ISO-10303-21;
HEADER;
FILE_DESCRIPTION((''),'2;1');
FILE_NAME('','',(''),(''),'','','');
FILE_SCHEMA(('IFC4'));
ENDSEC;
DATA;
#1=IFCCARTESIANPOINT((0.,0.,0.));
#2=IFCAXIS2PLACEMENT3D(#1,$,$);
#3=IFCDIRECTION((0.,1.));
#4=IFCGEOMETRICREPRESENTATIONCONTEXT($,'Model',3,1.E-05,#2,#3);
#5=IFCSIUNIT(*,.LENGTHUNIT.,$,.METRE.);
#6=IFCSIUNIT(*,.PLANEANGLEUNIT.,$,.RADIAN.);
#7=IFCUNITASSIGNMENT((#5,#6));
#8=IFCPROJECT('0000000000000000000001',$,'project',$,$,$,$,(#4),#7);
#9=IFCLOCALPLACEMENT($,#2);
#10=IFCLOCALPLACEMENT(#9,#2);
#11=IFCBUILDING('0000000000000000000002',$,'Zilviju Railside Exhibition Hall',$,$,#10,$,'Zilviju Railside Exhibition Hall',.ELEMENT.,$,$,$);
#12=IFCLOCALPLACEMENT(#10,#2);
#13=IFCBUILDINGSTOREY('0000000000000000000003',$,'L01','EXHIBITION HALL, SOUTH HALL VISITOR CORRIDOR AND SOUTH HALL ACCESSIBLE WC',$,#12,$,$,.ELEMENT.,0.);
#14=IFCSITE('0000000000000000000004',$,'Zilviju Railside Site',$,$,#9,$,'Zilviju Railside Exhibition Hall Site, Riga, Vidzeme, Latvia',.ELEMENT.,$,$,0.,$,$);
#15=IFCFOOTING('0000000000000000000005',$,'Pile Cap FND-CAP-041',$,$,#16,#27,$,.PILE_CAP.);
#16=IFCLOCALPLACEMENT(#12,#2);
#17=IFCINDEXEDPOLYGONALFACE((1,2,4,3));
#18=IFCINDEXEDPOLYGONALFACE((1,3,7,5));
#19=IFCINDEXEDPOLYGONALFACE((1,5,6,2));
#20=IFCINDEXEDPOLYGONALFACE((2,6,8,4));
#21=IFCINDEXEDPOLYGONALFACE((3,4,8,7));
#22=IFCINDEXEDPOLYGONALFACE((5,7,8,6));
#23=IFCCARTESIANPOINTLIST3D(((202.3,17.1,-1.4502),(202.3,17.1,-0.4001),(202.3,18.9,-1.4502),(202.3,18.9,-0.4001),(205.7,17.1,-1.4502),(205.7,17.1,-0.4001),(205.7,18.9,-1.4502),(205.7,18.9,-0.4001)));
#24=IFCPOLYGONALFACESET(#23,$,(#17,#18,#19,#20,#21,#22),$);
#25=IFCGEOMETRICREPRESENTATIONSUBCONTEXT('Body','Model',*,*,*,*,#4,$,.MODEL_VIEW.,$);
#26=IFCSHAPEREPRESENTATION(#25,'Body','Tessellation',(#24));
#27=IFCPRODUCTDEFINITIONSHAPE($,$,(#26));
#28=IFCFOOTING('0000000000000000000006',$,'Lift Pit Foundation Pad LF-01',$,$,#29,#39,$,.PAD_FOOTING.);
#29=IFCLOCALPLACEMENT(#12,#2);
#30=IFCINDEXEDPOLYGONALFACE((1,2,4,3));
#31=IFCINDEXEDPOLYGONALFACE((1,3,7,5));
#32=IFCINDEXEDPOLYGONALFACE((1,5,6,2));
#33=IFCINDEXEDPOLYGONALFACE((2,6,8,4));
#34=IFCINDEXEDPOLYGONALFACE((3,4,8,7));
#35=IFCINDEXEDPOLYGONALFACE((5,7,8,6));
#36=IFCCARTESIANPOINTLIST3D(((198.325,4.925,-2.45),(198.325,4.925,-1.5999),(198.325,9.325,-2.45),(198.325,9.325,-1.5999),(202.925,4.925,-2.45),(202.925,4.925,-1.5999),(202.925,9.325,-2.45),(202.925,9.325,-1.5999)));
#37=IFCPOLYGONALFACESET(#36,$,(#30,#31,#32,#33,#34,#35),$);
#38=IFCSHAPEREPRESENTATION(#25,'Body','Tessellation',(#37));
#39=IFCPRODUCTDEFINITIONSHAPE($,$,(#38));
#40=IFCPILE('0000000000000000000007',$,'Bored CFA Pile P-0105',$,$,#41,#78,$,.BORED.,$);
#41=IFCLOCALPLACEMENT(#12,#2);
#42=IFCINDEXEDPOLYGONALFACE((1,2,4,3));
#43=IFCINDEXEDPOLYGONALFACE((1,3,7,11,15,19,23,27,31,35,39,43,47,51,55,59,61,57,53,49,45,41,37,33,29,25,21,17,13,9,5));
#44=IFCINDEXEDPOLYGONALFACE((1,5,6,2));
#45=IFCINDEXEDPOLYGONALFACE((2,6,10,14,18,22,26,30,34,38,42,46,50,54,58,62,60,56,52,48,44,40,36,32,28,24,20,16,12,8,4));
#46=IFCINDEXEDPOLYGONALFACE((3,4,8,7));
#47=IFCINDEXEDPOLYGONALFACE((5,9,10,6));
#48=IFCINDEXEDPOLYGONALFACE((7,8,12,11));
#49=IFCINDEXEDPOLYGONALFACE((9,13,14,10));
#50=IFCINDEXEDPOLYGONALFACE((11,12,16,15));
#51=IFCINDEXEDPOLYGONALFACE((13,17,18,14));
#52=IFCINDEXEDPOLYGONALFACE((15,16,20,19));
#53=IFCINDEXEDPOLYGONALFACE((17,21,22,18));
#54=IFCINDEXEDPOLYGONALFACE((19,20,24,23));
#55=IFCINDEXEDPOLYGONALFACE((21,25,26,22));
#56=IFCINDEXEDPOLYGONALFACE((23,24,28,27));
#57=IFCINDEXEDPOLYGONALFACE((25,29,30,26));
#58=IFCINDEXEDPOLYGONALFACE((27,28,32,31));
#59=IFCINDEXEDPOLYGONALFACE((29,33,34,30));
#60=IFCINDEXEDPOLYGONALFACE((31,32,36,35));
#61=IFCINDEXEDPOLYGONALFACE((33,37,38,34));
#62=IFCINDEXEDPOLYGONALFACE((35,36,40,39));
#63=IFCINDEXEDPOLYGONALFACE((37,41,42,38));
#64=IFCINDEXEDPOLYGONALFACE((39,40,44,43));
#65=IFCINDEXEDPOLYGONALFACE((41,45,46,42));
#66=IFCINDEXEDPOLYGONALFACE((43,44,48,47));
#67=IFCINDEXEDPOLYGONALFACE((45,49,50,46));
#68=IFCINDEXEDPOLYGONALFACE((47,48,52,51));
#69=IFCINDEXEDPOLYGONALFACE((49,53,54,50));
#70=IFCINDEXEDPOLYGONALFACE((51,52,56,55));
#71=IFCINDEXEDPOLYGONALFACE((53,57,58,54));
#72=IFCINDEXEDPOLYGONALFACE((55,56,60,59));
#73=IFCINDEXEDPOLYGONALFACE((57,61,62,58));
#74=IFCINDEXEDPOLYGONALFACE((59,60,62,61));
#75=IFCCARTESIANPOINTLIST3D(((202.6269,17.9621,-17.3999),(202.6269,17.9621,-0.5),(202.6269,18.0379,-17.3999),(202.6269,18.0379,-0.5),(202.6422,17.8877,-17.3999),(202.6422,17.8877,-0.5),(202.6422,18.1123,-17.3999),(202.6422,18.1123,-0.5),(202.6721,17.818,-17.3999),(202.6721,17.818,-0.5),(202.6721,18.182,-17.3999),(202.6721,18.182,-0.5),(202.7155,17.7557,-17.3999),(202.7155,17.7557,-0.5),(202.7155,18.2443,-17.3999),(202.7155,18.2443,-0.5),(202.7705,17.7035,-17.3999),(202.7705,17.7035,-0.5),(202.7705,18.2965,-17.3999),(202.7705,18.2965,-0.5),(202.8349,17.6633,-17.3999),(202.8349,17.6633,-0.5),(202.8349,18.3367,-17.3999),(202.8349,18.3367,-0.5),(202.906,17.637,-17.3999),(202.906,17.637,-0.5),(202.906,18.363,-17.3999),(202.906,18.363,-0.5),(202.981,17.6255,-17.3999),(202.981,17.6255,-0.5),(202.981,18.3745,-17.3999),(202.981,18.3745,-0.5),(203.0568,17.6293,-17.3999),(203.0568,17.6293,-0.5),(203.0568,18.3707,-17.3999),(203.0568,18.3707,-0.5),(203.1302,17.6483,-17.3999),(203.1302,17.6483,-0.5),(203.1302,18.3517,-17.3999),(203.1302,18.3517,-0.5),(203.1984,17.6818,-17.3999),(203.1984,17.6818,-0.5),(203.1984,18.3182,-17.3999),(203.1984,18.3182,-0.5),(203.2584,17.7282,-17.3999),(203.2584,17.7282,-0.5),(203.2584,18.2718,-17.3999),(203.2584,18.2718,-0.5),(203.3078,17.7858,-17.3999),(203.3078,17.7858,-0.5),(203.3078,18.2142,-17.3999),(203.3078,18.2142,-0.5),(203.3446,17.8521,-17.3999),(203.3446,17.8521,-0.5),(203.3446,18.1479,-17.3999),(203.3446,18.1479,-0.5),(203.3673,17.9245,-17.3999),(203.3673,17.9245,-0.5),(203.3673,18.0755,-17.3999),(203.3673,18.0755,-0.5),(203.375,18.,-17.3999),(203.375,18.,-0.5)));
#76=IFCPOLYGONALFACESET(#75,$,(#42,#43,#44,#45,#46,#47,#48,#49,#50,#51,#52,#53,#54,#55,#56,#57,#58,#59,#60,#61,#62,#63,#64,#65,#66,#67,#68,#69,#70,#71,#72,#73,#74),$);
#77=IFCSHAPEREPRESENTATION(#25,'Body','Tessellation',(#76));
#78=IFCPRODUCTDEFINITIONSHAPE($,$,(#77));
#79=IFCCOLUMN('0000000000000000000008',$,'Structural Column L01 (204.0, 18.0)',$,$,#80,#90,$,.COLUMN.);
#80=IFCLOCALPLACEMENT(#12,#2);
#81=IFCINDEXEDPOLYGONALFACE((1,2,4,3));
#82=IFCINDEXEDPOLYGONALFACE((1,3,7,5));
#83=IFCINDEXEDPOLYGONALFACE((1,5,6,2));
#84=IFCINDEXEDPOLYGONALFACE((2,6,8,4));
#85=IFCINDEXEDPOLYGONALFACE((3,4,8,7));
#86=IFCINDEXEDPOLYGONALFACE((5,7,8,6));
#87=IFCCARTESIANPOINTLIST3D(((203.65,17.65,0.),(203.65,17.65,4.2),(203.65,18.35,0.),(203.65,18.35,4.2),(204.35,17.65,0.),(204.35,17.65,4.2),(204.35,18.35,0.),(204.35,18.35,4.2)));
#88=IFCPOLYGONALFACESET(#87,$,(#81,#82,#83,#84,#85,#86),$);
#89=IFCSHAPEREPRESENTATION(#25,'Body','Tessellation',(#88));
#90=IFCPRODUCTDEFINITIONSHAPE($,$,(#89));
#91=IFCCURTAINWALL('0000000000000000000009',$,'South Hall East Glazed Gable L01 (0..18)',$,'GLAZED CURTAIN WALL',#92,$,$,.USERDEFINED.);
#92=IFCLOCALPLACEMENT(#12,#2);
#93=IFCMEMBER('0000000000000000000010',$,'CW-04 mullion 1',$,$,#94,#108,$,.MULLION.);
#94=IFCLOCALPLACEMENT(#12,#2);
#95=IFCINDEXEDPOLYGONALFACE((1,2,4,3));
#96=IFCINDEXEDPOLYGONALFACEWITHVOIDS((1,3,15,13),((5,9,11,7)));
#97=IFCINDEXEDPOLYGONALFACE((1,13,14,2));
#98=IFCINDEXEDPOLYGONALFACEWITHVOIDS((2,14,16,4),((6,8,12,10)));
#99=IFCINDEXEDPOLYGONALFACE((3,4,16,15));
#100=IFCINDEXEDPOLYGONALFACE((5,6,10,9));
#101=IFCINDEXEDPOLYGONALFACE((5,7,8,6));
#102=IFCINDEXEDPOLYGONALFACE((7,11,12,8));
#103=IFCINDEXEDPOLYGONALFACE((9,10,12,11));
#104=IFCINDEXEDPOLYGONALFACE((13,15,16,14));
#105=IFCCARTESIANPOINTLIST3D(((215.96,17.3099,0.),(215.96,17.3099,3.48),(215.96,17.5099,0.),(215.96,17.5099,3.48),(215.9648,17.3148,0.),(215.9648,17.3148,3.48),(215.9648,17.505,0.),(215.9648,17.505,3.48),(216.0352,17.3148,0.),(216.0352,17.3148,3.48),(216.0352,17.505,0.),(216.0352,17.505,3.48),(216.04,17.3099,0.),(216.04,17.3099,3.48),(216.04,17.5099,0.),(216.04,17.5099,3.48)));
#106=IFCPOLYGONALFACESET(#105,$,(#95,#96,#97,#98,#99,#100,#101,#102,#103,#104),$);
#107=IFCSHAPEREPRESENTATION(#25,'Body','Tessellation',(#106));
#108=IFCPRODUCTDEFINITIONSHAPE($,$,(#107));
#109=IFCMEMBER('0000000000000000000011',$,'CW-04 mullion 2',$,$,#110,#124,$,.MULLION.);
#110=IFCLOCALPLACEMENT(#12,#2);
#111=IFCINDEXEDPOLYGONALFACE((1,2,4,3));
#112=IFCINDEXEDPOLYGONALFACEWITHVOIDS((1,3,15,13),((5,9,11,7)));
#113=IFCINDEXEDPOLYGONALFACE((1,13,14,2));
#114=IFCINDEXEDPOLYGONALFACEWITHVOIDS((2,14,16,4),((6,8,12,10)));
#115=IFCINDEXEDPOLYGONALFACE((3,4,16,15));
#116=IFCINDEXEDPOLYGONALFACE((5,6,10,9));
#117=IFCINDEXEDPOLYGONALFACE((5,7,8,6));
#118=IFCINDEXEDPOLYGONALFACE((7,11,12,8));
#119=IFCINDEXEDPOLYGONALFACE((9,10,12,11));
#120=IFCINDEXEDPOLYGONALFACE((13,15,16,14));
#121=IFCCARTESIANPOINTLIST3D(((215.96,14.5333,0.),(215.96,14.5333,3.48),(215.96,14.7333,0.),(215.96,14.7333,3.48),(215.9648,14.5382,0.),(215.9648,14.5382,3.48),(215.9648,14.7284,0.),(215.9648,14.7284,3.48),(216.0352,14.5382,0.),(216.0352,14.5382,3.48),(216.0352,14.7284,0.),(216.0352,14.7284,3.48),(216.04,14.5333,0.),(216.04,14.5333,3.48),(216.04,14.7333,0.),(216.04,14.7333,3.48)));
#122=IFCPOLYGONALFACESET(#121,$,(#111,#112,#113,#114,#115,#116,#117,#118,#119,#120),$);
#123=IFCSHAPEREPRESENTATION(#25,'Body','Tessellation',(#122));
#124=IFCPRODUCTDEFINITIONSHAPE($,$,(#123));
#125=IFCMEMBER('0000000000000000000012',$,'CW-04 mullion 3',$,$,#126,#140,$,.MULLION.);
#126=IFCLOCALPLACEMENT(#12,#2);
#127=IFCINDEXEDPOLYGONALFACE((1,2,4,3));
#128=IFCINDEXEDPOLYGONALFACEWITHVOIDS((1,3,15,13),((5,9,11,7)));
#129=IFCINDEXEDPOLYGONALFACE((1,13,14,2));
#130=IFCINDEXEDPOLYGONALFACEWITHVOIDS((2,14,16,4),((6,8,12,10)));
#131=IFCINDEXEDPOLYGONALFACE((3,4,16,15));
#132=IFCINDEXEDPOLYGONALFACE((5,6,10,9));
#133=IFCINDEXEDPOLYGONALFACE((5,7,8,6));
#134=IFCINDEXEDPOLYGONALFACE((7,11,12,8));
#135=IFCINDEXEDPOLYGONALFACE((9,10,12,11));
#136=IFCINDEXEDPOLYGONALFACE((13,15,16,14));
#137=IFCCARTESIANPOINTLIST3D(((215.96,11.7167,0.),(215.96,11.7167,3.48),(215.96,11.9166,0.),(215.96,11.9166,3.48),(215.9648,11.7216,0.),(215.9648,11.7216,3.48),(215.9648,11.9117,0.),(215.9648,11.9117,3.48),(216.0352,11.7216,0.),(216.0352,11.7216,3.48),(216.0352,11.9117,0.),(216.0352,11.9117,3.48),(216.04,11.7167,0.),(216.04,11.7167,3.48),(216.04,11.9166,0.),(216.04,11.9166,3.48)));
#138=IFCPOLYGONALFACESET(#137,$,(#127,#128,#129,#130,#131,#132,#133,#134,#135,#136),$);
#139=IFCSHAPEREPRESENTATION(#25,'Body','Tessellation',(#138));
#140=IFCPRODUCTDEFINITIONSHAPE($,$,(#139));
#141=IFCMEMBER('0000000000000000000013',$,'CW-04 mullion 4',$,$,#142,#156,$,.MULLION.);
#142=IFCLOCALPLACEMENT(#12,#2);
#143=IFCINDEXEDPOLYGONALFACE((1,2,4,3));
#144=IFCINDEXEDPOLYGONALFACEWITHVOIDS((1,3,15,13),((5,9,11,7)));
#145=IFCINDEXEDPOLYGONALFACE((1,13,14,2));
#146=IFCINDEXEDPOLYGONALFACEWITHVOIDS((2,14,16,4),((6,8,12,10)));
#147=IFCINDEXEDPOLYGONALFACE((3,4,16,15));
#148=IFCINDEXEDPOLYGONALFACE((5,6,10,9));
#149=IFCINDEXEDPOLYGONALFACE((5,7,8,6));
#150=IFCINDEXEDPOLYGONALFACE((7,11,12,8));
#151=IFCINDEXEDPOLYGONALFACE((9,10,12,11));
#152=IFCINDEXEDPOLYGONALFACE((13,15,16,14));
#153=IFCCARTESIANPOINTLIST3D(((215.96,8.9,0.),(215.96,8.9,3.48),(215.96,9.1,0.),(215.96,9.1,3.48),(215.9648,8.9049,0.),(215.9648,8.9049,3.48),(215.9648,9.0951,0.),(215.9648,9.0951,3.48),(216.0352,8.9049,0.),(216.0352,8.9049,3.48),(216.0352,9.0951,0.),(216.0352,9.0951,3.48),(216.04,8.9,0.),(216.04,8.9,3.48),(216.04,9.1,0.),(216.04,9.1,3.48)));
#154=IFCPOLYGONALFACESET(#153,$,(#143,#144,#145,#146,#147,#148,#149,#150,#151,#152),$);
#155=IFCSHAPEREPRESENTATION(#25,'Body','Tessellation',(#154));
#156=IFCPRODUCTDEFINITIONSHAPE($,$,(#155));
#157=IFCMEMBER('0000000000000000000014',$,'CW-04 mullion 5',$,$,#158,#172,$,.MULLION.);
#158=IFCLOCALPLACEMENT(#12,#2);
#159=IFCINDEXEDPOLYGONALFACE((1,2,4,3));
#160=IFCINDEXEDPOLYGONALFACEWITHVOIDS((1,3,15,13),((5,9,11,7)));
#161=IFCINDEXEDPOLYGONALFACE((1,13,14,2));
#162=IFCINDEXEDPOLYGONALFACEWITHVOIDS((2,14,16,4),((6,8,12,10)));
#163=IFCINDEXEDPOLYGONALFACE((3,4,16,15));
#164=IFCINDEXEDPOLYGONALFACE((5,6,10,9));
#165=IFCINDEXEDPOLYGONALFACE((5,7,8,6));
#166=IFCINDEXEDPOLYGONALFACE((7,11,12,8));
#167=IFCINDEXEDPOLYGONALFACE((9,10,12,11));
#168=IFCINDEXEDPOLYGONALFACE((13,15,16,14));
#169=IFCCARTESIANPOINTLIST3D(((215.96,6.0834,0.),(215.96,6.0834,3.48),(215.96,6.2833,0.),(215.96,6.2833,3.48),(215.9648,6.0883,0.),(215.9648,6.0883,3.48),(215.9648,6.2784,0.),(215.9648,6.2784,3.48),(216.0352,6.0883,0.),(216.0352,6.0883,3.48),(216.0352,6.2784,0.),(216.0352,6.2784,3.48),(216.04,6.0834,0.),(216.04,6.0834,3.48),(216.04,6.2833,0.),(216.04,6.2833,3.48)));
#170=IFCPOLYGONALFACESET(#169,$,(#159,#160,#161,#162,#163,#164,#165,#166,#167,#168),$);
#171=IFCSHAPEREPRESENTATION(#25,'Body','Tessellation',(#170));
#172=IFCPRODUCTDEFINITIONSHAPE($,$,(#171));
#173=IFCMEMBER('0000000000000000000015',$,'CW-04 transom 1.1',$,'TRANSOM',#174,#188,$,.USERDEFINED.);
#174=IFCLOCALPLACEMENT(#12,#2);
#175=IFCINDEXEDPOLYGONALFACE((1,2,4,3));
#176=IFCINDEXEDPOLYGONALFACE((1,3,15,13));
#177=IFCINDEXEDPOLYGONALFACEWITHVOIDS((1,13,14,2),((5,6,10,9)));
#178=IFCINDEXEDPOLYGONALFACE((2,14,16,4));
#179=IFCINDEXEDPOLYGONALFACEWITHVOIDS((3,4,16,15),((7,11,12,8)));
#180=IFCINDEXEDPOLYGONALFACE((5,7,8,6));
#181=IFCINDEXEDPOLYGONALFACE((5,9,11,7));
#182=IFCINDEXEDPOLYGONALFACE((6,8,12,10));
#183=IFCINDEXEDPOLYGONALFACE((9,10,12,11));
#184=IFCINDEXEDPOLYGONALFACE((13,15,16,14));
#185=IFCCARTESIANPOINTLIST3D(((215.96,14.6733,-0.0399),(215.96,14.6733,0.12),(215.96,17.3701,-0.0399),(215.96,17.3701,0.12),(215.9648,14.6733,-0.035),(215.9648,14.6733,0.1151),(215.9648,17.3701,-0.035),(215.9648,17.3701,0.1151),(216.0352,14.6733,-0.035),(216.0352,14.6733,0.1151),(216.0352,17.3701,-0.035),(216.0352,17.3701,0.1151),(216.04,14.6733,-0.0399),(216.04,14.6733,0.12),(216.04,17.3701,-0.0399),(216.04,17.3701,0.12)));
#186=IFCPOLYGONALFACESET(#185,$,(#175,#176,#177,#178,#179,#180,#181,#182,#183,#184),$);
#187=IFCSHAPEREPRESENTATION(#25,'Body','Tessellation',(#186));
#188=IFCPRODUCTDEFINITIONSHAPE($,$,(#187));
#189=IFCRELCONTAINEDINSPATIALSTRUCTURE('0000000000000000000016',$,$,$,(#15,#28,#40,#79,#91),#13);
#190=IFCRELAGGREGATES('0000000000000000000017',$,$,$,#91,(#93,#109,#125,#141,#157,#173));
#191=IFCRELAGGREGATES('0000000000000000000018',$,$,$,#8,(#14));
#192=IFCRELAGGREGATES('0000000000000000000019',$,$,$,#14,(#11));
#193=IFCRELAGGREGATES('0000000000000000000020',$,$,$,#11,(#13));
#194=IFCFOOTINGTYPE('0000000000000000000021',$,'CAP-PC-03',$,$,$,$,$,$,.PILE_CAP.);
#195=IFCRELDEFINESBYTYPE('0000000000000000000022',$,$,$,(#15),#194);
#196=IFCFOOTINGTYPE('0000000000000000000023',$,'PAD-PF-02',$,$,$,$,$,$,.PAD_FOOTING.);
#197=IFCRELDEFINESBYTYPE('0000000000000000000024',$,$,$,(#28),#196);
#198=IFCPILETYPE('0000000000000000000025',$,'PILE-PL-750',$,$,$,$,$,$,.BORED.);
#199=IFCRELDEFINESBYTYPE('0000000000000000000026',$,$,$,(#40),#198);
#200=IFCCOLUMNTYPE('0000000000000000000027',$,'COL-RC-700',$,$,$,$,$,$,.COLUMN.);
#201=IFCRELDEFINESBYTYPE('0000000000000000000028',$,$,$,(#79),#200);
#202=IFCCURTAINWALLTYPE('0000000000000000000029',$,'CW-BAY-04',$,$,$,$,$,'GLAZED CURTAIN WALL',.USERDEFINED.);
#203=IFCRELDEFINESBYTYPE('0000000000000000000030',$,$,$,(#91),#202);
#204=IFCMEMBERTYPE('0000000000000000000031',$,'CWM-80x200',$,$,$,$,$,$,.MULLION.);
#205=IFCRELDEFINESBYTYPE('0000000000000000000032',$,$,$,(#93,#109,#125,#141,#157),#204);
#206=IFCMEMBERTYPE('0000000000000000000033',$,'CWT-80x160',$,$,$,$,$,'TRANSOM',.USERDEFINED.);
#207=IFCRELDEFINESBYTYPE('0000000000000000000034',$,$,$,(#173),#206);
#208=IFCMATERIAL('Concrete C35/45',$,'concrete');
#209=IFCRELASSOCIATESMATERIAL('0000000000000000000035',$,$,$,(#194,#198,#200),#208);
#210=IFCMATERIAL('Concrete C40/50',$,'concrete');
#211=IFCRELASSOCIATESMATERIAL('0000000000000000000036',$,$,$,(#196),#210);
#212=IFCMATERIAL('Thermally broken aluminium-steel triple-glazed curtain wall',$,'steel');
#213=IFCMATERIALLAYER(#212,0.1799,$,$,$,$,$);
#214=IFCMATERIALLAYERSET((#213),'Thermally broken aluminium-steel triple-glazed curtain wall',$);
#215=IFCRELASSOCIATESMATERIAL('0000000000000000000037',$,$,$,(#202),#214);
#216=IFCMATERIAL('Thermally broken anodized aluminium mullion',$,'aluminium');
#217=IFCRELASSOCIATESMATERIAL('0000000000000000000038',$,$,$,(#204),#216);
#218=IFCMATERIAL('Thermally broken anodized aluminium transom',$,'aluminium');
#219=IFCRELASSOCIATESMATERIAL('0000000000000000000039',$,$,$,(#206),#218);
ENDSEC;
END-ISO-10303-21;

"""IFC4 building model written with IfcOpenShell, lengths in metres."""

from ifc_helpers import new_model, si_unit, direction, frame, origin, origin_2d, place, context, subcontext, project, spatial, rectangle, hollow_rectangle, circle, extrude, material, layer, layer_set, material_profile, profile_set, type_object, element, aggregate, save


model = new_model("IFC4")

# Units and contexts
model_context = context("Model", 3, precision=1e-05, world=origin(), true_north=direction((0.0, 1.0)))
body_context = subcontext(model_context, "Body", "Model", "MODEL_VIEW")
ifc_project = project(units=[si_unit("LENGTHUNIT", "METRE"), si_unit("PLANEANGLEUNIT", "RADIAN")], contexts=[model_context])

# Site, building, storey
site_placement = place(None, origin())
site = spatial("IfcSite", under=ifc_project, at=site_placement, Name="Zilviju Railside Site", LongName="Zilviju Railside Exhibition Hall Site, Riga, Vidzeme, Latvia", CompositionType="ELEMENT", RefElevation=0.0)
building_placement = place(site_placement, origin())
building = spatial("IfcBuilding", under=site, at=building_placement, Name="Zilviju Railside Exhibition Hall", LongName="Zilviju Railside Exhibition Hall", CompositionType="ELEMENT")
storey_placement = place(building_placement, origin())
storey = spatial("IfcBuildingStorey", under=building, at=storey_placement, Name="L01", Description="EXHIBITION HALL, SOUTH HALL VISITOR CORRIDOR AND SOUTH HALL ACCESSIBLE WC", CompositionType="ELEMENT", Elevation=0.0)

# Footings
ifc_material_1 = material(Name="Concrete C35/45", Category="concrete")
footing_type_1 = type_object("IfcFootingType", Name="CAP-PC-03", PredefinedType="PILE_CAP", material=ifc_material_1)
footing_1_placement = place(storey_placement, frame((204.0, 18.0, -1.4502), z_axis=(0.0, 0.0, 1.0), x_axis=(1.0, 0.0, 0.0)))
element("IfcFooting", 1, at=footing_1_placement, inside=storey, type_object=footing_type_1, Name="Pile Cap FND-CAP-041", PredefinedType="PILE_CAP", context=body_context, shape_type="SweptSolid", body=[
    extrude(rectangle(XDim=3.3999, YDim=1.8, at=origin_2d()), origin(), (0.0, 0.0, 1.0), 1.05),
])
ifc_material_2 = material(Name="Concrete C40/50", Category="concrete")
footing_type_2 = type_object("IfcFootingType", Name="PAD-PF-02", PredefinedType="PAD_FOOTING", material=ifc_material_2)
footing_2_placement = place(storey_placement, frame((200.625, 7.125, -2.45), z_axis=(0.0, 0.0, 1.0), x_axis=(1.0, 0.0, 0.0)))
element("IfcFooting", 2, at=footing_2_placement, inside=storey, type_object=footing_type_2, Name="Lift Pit Foundation Pad LF-01", PredefinedType="PAD_FOOTING", context=body_context, shape_type="SweptSolid", body=[
    extrude(rectangle(XDim=4.6001, YDim=4.3999, at=origin_2d()), origin(), (0.0, 0.0, 1.0), 0.8501),
])

# Pile
ifc_material_profile_1 = material_profile(ifc_material_1, circle(Radius=0.375, at=origin_2d()), Name="CFA PILE D750")
ifc_profile_set_1 = profile_set([ifc_material_profile_1], Name="Concrete C35/45")
pile_type = type_object("IfcPileType", Name="PILE-PL-750", PredefinedType="BORED", material=ifc_profile_set_1)
pile_placement = place(storey_placement, frame((203.0, 18.0, -0.5), z_axis=(0.0, 0.0, -1.0), x_axis=(1.0, 0.0, 0.0)))
element("IfcPile", 3, at=pile_placement, inside=storey, type_object=pile_type, Name="Bored CFA Pile P-0105", PredefinedType="BORED", context=body_context, shape_type="SweptSolid", body=[
    extrude(circle(Radius=0.375, at=origin_2d()), origin(), (0.0, 0.0, 1.0), 16.8999),
])

# Column
ifc_material_profile_2 = material_profile(ifc_material_1, rectangle(XDim=0.7, YDim=0.7, at=origin_2d()), Name="RC COL 700x700")
ifc_profile_set_2 = profile_set([ifc_material_profile_2], Name="Concrete C35/45")
column_type = type_object("IfcColumnType", Name="COL-RC-700", PredefinedType="COLUMN", material=ifc_profile_set_2)
column_placement = place(storey_placement, frame((204.0, 18.0, 0.0), z_axis=(0.0, 0.0, 1.0), x_axis=(1.0, 0.0, 0.0)))
element("IfcColumn", 4, at=column_placement, inside=storey, type_object=column_type, Name="Structural Column L01 (204.0, 18.0)", PredefinedType="COLUMN", context=body_context, shape_type="SweptSolid", body=[
    extrude(rectangle(XDim=0.7, YDim=0.7, at=origin_2d()), origin(), (0.0, 0.0, 1.0), 4.2),
])

# Curtain wall, members
ifc_material_3 = material(Name="Thermally broken aluminium-steel triple-glazed curtain wall", Category="steel")
ifc_layer_1 = layer(ifc_material_3, 0.1799)
ifc_layer_set_1 = layer_set([ifc_layer_1], Name="Thermally broken aluminium-steel triple-glazed curtain wall")
curtain_wall_type = type_object("IfcCurtainWallType", Name="CW-BAY-04", ElementType="GLAZED CURTAIN WALL", PredefinedType="USERDEFINED", material=ifc_layer_set_1)
curtain_wall_placement = place(storey_placement, origin())
curtain_wall = element("IfcCurtainWall", 5, at=curtain_wall_placement, inside=storey, type_object=curtain_wall_type, Name="South Hall East Glazed Gable L01 (0..18)", ObjectType="GLAZED CURTAIN WALL", PredefinedType="USERDEFINED")
ifc_material_4 = material(Name="Thermally broken anodized aluminium mullion", Category="aluminium")
ifc_material_profile_3 = material_profile(ifc_material_4, hollow_rectangle(XDim=0.0801, YDim=0.2, WallThickness=0.0049, at=origin_2d()), Name="MULLION 200x80x5")
ifc_profile_set_3 = profile_set([ifc_material_profile_3], Name="Thermally broken anodized aluminium mullion")
member_type_1 = type_object("IfcMemberType", Name="CWM-80x200", PredefinedType="MULLION", material=ifc_profile_set_3)
member_1_placement = place(storey_placement, frame((216.0, 17.4099, 0.0), z_axis=(0.0, 0.0, 1.0), x_axis=(1.0, 0.0, 0.0)))
member_1 = element("IfcMember", 6, at=member_1_placement, type_object=member_type_1, Name="CW-04 mullion 1", PredefinedType="MULLION", context=body_context, shape_type="SweptSolid", body=[
    extrude(hollow_rectangle(XDim=0.0801, YDim=0.2, WallThickness=0.0049, at=origin_2d()), origin(), (0.0, 0.0, 1.0), 3.48),
])
member_2_placement = place(storey_placement, frame((216.0, 14.6333, 0.0), z_axis=(0.0, 0.0, 1.0), x_axis=(1.0, 0.0, 0.0)))
member_2 = element("IfcMember", 7, at=member_2_placement, type_object=member_type_1, Name="CW-04 mullion 2", PredefinedType="MULLION", context=body_context, shape_type="SweptSolid", body=[
    extrude(hollow_rectangle(XDim=0.0801, YDim=0.2, WallThickness=0.0049, at=origin_2d()), origin(), (0.0, 0.0, 1.0), 3.48),
])
member_3_placement = place(storey_placement, frame((216.0, 11.8167, 0.0), z_axis=(0.0, 0.0, 1.0), x_axis=(1.0, 0.0, 0.0)))
member_3 = element("IfcMember", 8, at=member_3_placement, type_object=member_type_1, Name="CW-04 mullion 3", PredefinedType="MULLION", context=body_context, shape_type="SweptSolid", body=[
    extrude(hollow_rectangle(XDim=0.0801, YDim=0.2, WallThickness=0.0049, at=origin_2d()), origin(), (0.0, 0.0, 1.0), 3.48),
])
member_4_placement = place(storey_placement, frame((216.0, 9.0, 0.0), z_axis=(0.0, 0.0, 1.0), x_axis=(1.0, 0.0, 0.0)))
member_4 = element("IfcMember", 9, at=member_4_placement, type_object=member_type_1, Name="CW-04 mullion 4", PredefinedType="MULLION", context=body_context, shape_type="SweptSolid", body=[
    extrude(hollow_rectangle(XDim=0.0801, YDim=0.2, WallThickness=0.0049, at=origin_2d()), origin(), (0.0, 0.0, 1.0), 3.48),
])
member_5_placement = place(storey_placement, frame((216.0, 6.1833, 0.0), z_axis=(0.0, 0.0, 1.0), x_axis=(1.0, 0.0, 0.0)))
member_5 = element("IfcMember", 10, at=member_5_placement, type_object=member_type_1, Name="CW-04 mullion 5", PredefinedType="MULLION", context=body_context, shape_type="SweptSolid", body=[
    extrude(hollow_rectangle(XDim=0.0801, YDim=0.2, WallThickness=0.0049, at=origin_2d()), origin(), (0.0, 0.0, 1.0), 3.48),
])
ifc_material_5 = material(Name="Thermally broken anodized aluminium transom", Category="aluminium")
ifc_material_profile_4 = material_profile(ifc_material_5, hollow_rectangle(XDim=0.0801, YDim=0.1599, WallThickness=0.0049, at=origin_2d()), Name="TRANSOM 160x80x5")
ifc_profile_set_4 = profile_set([ifc_material_profile_4], Name="Thermally broken anodized aluminium transom")
member_type_2 = type_object("IfcMemberType", Name="CWT-80x160", ElementType="TRANSOM", PredefinedType="USERDEFINED", material=ifc_profile_set_4)
member_6_placement = place(storey_placement, frame((216.0, 17.3701, 0.04), z_axis=(0.0, -1.0, 0.0), x_axis=(1.0, 0.0, 0.0)))
member_6 = element("IfcMember", 11, at=member_6_placement, type_object=member_type_2, Name="CW-04 transom 1.1", ObjectType="TRANSOM", PredefinedType="USERDEFINED", context=body_context, shape_type="SweptSolid", body=[
    extrude(hollow_rectangle(XDim=0.0801, YDim=0.1599, WallThickness=0.0049, at=origin_2d()), origin(), (0.0, 0.0, 1.0), 2.6968),
])
aggregate(curtain_wall, [member_1, member_2, member_3, member_4, member_5, member_6])

save(model, "model.ifc")
